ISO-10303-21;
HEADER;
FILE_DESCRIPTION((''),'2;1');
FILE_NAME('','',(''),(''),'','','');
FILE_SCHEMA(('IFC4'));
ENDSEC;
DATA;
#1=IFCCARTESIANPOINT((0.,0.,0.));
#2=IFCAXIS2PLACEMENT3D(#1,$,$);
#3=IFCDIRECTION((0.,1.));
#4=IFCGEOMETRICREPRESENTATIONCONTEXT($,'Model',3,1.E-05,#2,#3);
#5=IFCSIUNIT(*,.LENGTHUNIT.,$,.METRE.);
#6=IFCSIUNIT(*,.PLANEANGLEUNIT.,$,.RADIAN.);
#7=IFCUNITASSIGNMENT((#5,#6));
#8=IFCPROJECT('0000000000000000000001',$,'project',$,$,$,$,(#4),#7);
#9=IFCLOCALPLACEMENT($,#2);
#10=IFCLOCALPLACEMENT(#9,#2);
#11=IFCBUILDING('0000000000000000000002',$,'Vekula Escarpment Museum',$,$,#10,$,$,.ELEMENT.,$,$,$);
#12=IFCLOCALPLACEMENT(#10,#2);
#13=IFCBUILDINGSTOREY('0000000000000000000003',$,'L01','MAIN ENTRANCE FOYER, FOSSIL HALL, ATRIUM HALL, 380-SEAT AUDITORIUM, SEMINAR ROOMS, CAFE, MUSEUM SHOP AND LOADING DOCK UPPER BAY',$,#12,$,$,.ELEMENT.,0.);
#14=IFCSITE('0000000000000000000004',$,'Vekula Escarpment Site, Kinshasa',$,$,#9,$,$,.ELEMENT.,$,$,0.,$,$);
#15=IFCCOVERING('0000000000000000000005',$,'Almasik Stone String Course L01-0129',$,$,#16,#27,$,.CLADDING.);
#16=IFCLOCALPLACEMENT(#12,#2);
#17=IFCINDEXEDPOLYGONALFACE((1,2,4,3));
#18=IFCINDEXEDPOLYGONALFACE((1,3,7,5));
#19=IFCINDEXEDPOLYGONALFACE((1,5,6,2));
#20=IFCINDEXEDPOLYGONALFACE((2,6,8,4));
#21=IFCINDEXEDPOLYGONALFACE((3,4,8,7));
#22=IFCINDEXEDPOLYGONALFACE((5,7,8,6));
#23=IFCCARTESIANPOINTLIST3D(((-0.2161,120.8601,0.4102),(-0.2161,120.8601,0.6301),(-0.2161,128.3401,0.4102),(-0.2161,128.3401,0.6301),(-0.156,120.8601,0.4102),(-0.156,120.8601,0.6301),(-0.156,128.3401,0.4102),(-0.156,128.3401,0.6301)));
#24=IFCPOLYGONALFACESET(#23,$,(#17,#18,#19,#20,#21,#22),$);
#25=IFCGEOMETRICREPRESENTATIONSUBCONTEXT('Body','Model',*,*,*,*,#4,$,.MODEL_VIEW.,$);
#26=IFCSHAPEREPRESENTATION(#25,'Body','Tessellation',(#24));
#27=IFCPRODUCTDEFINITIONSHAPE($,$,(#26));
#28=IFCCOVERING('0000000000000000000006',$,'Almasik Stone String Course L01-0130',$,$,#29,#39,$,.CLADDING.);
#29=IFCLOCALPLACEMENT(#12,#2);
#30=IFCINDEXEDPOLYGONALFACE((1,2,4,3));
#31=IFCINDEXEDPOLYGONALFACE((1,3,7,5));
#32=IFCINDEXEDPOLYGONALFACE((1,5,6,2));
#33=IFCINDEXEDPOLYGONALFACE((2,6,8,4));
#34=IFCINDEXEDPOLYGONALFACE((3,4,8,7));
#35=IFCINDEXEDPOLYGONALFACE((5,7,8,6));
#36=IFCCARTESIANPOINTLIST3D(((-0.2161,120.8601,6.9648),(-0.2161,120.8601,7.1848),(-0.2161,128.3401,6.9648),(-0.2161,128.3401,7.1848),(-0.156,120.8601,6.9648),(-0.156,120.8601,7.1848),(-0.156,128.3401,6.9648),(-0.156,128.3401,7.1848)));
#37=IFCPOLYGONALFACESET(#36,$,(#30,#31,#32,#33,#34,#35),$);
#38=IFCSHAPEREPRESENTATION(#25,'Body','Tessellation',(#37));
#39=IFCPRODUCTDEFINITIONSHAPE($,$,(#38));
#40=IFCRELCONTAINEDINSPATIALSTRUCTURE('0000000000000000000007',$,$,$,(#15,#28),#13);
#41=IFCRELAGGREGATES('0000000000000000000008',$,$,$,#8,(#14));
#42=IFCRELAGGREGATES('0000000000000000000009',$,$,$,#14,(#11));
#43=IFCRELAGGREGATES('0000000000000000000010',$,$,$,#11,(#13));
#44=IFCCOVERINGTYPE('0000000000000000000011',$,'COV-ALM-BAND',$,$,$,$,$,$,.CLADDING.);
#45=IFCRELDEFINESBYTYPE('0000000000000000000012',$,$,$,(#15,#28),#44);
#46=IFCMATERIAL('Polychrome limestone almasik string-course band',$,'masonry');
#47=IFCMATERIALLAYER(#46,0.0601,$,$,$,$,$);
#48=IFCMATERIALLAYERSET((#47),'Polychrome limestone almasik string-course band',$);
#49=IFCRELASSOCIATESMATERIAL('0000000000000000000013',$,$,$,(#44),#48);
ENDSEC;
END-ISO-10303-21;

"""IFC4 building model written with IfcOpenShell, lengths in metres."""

from ifc_helpers import new_model, si_unit, direction, frame, origin, origin_2d, place, context, subcontext, project, spatial, rectangle, extrude, material, layer, layer_set, type_object, element, save


model = new_model("IFC4")

# Units and contexts
model_context = context("Model", 3, precision=1e-05, world=origin(), true_north=direction((0.0, 1.0)))
body_context = subcontext(model_context, "Body", "Model", "MODEL_VIEW")
ifc_project = project(units=[si_unit("LENGTHUNIT", "METRE"), si_unit("PLANEANGLEUNIT", "RADIAN")], contexts=[model_context])

# Site, building, storey
site_placement = place(None, origin())
site = spatial("IfcSite", under=ifc_project, at=site_placement, Name="Vekula Escarpment Site, Kinshasa", CompositionType="ELEMENT", RefElevation=0.0)
building_placement = place(site_placement, origin())
building = spatial("IfcBuilding", under=site, at=building_placement, Name="Vekula Escarpment Museum", CompositionType="ELEMENT")
storey_placement = place(building_placement, origin())
storey = spatial("IfcBuildingStorey", under=building, at=storey_placement, Name="L01", Description="MAIN ENTRANCE FOYER, FOSSIL HALL, ATRIUM HALL, 380-SEAT AUDITORIUM, SEMINAR ROOMS, CAFE, MUSEUM SHOP AND LOADING DOCK UPPER BAY", CompositionType="ELEMENT", Elevation=0.0)

# Coverings
ifc_material_1 = material(Name="Polychrome limestone almasik string-course band", Category="masonry")
ifc_layer_1 = layer(ifc_material_1, 0.0601)
ifc_layer_set_1 = layer_set([ifc_layer_1], Name="Polychrome limestone almasik string-course band")
covering_type = type_object("IfcCoveringType", Name="COV-ALM-BAND", PredefinedType="CLADDING", material=ifc_layer_set_1)
for number, where, z_axis, x_axis, name in (
    (1, (-0.186, 124.6001, 0.4102), (0.0, 0.0, 1.0), (0.0, 1.0, 0.0), "Almasik Stone String Course L01-0129"),
    (2, (-0.186, 124.6001, 6.9648), (0.0, 0.0, 1.0), (0.0, 1.0, 0.0), "Almasik Stone String Course L01-0130"),
):
    element("IfcCovering", number, at=place(storey_placement, frame(where, z_axis=z_axis, x_axis=x_axis)), inside=storey, type_object=covering_type, Name=name, PredefinedType="CLADDING", context=body_context, shape_type="SweptSolid", body=[
        extrude(rectangle(XDim=7.48, YDim=0.0601, at=origin_2d()), origin(), (0.0, 0.0, 1.0), 0.22),
    ])

save(model, "model.ifc")
